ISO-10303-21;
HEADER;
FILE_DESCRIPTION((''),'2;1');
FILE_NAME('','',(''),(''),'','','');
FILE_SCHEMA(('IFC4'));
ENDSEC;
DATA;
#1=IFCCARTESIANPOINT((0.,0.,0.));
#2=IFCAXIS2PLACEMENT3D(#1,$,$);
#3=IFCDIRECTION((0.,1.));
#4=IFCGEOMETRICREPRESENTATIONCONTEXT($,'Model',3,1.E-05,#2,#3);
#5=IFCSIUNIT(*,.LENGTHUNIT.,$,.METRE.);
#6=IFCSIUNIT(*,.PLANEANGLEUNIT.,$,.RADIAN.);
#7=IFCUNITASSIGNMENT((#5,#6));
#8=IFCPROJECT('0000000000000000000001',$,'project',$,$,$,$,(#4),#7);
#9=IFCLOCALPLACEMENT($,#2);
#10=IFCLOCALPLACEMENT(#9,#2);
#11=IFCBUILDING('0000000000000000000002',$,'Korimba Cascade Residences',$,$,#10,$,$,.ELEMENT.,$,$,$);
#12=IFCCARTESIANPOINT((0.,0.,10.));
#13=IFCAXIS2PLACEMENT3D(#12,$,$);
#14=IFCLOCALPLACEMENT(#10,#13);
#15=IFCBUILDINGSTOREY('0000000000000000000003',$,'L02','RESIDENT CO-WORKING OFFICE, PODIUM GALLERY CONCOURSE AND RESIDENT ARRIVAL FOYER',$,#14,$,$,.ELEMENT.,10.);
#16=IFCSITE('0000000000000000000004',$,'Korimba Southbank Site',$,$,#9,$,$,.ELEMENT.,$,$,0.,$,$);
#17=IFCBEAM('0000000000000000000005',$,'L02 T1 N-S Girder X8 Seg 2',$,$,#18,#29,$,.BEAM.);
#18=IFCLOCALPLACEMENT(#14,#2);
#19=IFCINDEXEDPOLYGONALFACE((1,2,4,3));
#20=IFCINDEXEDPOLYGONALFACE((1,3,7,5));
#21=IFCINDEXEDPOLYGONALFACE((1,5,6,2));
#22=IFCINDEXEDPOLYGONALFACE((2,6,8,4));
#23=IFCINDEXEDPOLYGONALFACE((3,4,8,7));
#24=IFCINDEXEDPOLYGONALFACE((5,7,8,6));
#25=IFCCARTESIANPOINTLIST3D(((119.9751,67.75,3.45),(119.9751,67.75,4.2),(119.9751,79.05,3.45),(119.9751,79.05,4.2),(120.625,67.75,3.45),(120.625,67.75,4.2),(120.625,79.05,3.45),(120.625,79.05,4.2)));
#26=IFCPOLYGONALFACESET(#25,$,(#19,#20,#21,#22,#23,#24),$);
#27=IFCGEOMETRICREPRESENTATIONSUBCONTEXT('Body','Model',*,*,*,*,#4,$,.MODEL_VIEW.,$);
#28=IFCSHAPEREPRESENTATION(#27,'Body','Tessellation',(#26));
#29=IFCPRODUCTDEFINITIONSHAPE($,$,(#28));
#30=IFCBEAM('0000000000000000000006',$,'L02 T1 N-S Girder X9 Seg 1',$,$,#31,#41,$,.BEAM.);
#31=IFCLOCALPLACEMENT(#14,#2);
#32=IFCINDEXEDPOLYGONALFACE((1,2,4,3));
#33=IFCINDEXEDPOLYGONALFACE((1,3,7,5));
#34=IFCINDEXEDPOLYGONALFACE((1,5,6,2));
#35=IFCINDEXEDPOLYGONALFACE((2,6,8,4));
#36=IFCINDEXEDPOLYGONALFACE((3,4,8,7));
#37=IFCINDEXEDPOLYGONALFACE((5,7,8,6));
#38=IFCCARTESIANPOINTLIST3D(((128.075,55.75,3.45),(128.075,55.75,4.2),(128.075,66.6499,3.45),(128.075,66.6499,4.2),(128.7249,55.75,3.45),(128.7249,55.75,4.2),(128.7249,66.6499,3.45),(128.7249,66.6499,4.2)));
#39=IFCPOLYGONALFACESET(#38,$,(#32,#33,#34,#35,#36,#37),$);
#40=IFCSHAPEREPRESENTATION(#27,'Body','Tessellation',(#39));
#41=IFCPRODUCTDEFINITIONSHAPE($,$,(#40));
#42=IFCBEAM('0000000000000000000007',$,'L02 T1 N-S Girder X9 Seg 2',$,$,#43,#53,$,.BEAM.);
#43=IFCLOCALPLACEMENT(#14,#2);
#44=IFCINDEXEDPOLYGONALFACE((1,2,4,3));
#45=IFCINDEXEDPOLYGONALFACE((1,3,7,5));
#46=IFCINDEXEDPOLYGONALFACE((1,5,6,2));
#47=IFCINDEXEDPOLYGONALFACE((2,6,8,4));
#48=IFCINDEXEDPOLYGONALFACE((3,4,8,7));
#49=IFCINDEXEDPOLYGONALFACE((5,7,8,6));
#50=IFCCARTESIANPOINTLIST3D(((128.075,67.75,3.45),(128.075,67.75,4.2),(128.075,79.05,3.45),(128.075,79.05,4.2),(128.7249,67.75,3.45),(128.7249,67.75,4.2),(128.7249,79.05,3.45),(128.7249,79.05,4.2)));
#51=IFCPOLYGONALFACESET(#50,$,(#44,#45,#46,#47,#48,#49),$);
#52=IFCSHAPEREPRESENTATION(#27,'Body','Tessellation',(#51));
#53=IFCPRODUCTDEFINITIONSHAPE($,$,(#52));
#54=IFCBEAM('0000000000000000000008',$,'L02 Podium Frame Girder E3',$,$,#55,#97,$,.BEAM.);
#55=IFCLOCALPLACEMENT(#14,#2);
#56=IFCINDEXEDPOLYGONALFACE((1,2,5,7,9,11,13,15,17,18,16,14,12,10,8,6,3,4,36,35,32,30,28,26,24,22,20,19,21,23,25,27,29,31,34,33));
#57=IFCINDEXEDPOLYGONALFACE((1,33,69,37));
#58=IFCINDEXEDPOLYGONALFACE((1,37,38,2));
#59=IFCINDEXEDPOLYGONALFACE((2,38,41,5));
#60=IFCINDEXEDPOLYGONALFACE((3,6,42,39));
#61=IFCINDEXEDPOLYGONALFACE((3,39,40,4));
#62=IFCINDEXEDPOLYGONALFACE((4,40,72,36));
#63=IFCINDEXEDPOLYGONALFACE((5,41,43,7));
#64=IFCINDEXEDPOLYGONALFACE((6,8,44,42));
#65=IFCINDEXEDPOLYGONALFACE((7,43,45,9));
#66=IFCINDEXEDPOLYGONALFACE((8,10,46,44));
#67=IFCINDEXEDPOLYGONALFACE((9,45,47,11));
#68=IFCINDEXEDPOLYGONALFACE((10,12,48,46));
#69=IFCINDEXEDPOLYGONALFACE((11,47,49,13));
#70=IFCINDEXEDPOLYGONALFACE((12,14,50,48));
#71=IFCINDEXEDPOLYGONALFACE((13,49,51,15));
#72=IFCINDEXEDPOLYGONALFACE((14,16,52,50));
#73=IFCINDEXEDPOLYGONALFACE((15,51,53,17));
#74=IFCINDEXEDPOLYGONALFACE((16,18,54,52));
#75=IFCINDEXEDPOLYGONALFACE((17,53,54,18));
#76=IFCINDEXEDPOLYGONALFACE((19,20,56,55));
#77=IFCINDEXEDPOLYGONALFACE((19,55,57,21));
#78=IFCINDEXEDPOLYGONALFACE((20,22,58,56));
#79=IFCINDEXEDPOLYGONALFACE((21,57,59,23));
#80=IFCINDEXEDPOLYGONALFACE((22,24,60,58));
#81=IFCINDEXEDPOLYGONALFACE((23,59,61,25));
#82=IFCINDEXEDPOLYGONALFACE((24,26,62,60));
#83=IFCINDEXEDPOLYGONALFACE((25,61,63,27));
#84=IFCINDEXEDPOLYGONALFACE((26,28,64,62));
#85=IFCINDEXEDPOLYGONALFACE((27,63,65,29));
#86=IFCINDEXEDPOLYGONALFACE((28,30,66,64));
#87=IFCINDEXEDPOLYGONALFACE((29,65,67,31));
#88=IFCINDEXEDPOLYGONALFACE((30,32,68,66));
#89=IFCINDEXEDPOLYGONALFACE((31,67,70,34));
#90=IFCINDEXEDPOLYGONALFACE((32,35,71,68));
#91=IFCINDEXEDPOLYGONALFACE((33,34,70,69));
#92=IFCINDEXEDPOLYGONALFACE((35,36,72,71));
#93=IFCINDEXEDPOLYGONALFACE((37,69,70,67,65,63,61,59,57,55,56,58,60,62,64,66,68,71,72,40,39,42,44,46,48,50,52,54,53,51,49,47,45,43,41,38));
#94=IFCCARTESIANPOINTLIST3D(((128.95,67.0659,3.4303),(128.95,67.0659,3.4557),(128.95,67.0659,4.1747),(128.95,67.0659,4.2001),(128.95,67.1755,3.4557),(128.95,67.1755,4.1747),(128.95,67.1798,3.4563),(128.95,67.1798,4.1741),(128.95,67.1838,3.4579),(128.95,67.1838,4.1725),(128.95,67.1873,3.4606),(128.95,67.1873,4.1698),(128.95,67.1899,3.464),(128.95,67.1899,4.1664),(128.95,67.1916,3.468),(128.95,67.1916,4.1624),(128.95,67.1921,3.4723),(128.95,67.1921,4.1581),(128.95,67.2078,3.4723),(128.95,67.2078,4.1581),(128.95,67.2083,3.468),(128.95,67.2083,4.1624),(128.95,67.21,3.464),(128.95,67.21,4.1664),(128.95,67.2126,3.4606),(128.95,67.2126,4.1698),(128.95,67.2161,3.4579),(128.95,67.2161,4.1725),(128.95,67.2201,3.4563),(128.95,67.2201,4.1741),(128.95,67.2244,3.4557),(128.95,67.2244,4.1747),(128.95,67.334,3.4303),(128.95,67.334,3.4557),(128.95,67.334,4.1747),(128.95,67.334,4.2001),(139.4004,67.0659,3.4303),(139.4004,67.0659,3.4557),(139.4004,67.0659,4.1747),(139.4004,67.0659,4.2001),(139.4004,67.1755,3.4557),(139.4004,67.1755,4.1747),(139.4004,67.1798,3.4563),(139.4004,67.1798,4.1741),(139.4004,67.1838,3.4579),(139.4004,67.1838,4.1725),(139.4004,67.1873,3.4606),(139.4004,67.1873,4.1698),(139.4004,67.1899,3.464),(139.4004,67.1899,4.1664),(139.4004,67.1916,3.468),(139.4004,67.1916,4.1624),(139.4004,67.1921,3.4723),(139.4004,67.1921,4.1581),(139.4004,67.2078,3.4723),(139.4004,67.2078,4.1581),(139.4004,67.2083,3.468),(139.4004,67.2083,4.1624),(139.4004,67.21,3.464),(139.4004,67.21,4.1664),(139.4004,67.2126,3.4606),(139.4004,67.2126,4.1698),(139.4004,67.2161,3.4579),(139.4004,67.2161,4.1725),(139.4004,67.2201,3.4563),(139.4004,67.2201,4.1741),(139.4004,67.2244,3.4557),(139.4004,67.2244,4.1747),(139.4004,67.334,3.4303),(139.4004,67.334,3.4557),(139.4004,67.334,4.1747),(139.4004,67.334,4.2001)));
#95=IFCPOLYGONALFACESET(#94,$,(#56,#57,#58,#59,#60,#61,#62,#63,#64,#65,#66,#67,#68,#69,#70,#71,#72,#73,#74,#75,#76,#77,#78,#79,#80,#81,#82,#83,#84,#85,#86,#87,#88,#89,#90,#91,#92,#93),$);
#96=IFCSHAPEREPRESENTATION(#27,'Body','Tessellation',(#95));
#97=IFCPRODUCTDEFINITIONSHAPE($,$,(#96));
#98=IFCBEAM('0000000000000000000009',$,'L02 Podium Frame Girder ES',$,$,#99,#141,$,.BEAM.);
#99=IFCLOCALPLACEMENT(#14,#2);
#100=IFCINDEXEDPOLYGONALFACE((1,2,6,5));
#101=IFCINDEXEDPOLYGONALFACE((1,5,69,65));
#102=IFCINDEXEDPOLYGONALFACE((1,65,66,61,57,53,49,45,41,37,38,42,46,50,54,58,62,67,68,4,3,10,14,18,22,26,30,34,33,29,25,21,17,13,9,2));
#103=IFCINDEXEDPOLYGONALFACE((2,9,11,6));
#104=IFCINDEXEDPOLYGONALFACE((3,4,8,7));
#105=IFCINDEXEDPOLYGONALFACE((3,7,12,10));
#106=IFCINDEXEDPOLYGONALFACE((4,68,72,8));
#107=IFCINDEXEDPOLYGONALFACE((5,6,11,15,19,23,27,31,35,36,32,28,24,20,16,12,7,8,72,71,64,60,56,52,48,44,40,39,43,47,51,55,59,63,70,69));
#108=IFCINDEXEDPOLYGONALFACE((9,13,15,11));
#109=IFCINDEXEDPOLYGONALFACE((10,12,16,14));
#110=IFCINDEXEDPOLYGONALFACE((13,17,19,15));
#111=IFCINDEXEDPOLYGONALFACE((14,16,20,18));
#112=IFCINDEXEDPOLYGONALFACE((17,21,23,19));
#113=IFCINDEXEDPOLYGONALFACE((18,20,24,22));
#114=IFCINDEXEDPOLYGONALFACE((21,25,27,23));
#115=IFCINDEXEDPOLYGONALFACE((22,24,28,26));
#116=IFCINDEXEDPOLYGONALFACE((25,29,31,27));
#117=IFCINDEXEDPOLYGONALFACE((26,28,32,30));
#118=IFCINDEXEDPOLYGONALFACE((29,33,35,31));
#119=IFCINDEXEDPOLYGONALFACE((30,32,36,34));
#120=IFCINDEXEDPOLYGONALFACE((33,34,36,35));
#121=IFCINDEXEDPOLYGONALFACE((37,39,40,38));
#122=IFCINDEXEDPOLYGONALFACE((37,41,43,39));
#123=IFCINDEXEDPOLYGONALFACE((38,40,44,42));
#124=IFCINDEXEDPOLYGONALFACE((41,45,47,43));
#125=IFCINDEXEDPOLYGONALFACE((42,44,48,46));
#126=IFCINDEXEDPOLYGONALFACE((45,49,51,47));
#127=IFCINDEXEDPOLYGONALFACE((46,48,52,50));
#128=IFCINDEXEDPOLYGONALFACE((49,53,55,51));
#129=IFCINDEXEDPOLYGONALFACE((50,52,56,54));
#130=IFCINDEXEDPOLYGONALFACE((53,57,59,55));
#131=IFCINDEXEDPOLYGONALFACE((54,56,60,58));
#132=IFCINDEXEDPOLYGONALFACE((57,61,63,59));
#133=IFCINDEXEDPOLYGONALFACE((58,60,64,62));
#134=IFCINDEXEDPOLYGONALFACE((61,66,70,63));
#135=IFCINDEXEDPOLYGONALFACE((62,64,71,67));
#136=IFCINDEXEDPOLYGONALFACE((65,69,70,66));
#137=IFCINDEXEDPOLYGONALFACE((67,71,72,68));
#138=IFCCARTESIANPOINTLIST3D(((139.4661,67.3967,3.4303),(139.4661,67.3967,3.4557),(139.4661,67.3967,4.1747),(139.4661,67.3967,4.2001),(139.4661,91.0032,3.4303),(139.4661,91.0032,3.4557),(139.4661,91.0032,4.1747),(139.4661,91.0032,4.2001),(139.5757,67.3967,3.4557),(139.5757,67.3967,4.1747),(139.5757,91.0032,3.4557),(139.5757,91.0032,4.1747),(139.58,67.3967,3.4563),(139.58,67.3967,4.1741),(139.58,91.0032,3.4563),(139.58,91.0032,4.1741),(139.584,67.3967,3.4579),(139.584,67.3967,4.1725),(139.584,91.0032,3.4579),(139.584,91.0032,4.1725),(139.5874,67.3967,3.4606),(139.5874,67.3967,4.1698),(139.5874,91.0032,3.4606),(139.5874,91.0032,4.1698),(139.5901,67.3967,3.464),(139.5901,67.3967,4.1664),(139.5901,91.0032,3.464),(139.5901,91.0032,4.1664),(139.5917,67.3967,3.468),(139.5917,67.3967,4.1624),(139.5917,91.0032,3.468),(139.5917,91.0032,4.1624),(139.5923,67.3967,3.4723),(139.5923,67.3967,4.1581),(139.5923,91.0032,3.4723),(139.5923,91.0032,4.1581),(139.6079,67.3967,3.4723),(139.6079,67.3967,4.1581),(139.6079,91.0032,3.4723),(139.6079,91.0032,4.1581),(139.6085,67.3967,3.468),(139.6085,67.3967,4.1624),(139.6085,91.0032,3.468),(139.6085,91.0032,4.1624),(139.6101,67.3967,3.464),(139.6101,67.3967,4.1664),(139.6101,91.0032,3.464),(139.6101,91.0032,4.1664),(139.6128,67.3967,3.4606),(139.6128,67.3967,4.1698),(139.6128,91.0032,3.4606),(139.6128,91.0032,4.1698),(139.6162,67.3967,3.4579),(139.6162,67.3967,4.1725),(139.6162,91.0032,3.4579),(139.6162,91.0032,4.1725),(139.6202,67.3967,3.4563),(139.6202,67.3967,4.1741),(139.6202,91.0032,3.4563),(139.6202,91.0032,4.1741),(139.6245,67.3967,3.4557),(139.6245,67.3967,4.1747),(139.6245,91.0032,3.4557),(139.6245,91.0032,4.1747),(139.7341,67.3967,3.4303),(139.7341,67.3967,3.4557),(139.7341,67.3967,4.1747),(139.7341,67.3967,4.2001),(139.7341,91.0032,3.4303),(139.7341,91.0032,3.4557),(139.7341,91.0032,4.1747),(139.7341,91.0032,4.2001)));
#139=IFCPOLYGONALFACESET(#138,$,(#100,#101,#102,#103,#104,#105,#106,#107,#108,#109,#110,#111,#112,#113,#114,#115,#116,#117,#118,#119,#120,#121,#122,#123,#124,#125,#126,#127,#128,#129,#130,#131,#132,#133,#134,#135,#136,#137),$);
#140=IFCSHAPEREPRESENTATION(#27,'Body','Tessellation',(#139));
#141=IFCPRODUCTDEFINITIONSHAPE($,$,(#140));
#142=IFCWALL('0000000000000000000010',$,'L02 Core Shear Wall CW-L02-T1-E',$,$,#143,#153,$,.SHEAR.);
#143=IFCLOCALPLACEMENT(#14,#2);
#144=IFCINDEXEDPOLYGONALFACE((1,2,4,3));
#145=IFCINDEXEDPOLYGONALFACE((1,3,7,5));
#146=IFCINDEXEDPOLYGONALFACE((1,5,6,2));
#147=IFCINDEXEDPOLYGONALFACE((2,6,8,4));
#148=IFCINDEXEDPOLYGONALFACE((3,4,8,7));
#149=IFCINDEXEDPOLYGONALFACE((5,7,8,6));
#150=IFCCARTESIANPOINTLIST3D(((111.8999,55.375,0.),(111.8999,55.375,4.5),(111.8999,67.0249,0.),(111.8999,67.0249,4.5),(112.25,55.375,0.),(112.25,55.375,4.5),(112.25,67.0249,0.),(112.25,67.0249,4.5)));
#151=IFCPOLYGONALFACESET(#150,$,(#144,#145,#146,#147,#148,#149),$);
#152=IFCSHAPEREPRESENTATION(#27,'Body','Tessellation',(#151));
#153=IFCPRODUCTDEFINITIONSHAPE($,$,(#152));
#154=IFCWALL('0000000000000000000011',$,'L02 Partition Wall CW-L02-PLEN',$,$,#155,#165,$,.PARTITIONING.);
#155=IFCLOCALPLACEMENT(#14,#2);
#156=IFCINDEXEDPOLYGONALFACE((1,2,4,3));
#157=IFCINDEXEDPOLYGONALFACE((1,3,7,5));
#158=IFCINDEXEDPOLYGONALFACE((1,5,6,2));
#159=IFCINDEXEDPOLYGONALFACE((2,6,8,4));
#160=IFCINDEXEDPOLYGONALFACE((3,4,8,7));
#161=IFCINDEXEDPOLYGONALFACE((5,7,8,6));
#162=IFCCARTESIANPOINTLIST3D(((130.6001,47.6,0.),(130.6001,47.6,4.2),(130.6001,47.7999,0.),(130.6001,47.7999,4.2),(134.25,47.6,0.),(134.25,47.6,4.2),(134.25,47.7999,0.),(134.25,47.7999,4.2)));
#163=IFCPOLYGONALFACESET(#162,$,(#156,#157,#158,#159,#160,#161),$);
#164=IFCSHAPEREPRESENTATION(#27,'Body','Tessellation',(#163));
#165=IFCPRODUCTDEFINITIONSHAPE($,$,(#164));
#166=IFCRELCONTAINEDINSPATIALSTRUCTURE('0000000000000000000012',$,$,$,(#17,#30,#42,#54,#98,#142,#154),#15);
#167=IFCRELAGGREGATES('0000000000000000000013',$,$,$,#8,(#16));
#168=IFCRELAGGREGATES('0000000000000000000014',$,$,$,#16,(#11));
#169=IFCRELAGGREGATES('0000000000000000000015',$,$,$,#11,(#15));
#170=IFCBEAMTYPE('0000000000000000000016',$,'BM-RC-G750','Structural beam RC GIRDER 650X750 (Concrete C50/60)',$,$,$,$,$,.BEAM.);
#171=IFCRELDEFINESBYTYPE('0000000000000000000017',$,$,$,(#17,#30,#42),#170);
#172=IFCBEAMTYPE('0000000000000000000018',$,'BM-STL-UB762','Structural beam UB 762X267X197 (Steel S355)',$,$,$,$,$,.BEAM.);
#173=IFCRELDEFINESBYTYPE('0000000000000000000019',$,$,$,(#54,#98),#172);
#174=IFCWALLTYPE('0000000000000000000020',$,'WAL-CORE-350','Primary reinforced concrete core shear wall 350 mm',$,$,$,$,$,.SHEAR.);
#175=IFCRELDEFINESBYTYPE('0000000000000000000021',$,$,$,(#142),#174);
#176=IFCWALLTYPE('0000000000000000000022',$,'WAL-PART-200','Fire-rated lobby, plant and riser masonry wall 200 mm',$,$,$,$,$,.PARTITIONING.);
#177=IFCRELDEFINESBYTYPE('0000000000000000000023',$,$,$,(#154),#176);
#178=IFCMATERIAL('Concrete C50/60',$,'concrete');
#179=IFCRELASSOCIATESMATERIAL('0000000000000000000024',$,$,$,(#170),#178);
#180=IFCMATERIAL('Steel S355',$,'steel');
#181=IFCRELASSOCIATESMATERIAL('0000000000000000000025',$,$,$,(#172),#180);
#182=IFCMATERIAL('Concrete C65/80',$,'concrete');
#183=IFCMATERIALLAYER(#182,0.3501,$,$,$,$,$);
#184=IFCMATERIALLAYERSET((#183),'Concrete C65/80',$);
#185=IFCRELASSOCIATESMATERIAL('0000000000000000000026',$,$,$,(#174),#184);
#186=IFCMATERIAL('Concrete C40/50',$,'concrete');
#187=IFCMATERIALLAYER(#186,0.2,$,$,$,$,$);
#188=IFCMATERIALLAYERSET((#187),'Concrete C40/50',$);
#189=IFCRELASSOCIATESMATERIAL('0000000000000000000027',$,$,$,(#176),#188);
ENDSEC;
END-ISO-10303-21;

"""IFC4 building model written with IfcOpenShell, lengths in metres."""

from ifc_helpers import new_model, si_unit, direction, frame, frame_2d, origin, origin_2d, place, context, subcontext, project, spatial, rectangle, i_section, extrude, material, layer, layer_set, material_profile, profile_set, type_object, element, save


model = new_model("IFC4")

# Units and contexts
model_context = context("Model", 3, precision=1e-05, world=origin(), true_north=direction((0.0, 1.0)))
body_context = subcontext(model_context, "Body", "Model", "MODEL_VIEW")
ifc_project = project(units=[si_unit("LENGTHUNIT", "METRE"), si_unit("PLANEANGLEUNIT", "RADIAN")], contexts=[model_context])

# Site, building, storey
site_placement = place(None, origin())
site = spatial("IfcSite", under=ifc_project, at=site_placement, Name="Korimba Southbank Site", CompositionType="ELEMENT", RefElevation=0.0)
building_placement = place(site_placement, origin())
building = spatial("IfcBuilding", under=site, at=building_placement, Name="Korimba Cascade Residences", CompositionType="ELEMENT")
storey_placement = place(building_placement, frame((0.0, 0.0, 10.0)))
storey = spatial("IfcBuildingStorey", under=building, at=storey_placement, Name="L02", Description="RESIDENT CO-WORKING OFFICE, PODIUM GALLERY CONCOURSE AND RESIDENT ARRIVAL FOYER", CompositionType="ELEMENT", Elevation=10.0)

# Shared definitions
ifc_material_1 = material(Name="Steel S355", Category="steel")

# Beams
ifc_material_2 = material(Name="Concrete C50/60", Category="concrete")
ifc_material_profile_1 = material_profile(ifc_material_2, rectangle(XDim=0.6499, YDim=0.75, at=origin_2d()), Name="Concrete C50/60")
ifc_profile_set_1 = profile_set([ifc_material_profile_1], Name="Concrete C50/60")
beam_type_1 = type_object("IfcBeamType", Name="BM-RC-G750", Description="Structural beam RC GIRDER 650X750 (Concrete C50/60)", PredefinedType="BEAM", material=ifc_profile_set_1)
beam_1_placement = place(storey_placement, frame((120.3, 67.75, 3.825), z_axis=(0.0, 1.0, 0.0), x_axis=(-1.0, 0.0, 0.0)))
element("IfcBeam", 1, at=beam_1_placement, inside=storey, type_object=beam_type_1, Name="L02 T1 N-S Girder X8 Seg 2", PredefinedType="BEAM", context=body_context, shape_type="SweptSolid", body=[
    extrude(rectangle(XDim=0.6499, YDim=0.75, at=origin_2d()), origin(), (0.0, 0.0, 1.0), 11.3),
])
beam_2_placement = place(storey_placement, frame((128.3999, 55.75, 3.825), z_axis=(0.0, 1.0, 0.0), x_axis=(-1.0, 0.0, 0.0)))
element("IfcBeam", 2, at=beam_2_placement, inside=storey, type_object=beam_type_1, Name="L02 T1 N-S Girder X9 Seg 1", PredefinedType="BEAM", context=body_context, shape_type="SweptSolid", body=[
    extrude(rectangle(XDim=0.6499, YDim=0.75, at=origin_2d()), origin(), (0.0, 0.0, 1.0), 10.8999),
])
beam_3_placement = place(storey_placement, frame((128.3999, 67.75, 3.825), z_axis=(0.0, 1.0, 0.0), x_axis=(-1.0, 0.0, 0.0)))
element("IfcBeam", 3, at=beam_3_placement, inside=storey, type_object=beam_type_1, Name="L02 T1 N-S Girder X9 Seg 2", PredefinedType="BEAM", context=body_context, shape_type="SweptSolid", body=[
    extrude(rectangle(XDim=0.6499, YDim=0.75, at=origin_2d()), origin(), (0.0, 0.0, 1.0), 11.3),
])
ifc_material_profile_2 = material_profile(ifc_material_1, i_section(OverallWidth=0.2681, OverallDepth=0.7698, WebThickness=0.0156, FlangeThickness=0.0254, FilletRadius=0.0166, at=origin_2d()), Name="Steel S355")
ifc_profile_set_2 = profile_set([ifc_material_profile_2], Name="Steel S355")
beam_type_2 = type_object("IfcBeamType", Name="BM-STL-UB762", Description="Structural beam UB 762X267X197 (Steel S355)", PredefinedType="BEAM", material=ifc_profile_set_2)
beam_4_placement = place(storey_placement, frame((128.95, 67.2, 3.8152), z_axis=(1.0, 0.0, 0.0), x_axis=(0.0, 1.0, 0.0)))
element("IfcBeam", 4, at=beam_4_placement, inside=storey, type_object=beam_type_2, Name="L02 Podium Frame Girder E3", PredefinedType="BEAM", context=body_context, shape_type="SweptSolid", body=[
    extrude(i_section(OverallWidth=0.2681, OverallDepth=0.7698, WebThickness=0.0156, FlangeThickness=0.0254, FilletRadius=0.0166, at=origin_2d()), origin(), (0.0, 0.0, 1.0), 10.4504),
])
beam_5_placement = place(storey_placement, frame((139.6001, 67.3967, 3.8152), z_axis=(0.0, 1.0, 0.0), x_axis=(-1.0, 0.0, 0.0)))
element("IfcBeam", 5, at=beam_5_placement, inside=storey, type_object=beam_type_2, Name="L02 Podium Frame Girder ES", PredefinedType="BEAM", context=body_context, shape_type="SweptSolid", body=[
    extrude(i_section(OverallWidth=0.2681, OverallDepth=0.7698, WebThickness=0.0156, FlangeThickness=0.0254, FilletRadius=0.0166, at=origin_2d()), origin(), (0.0, 0.0, 1.0), 23.6064),
])

# Walls
ifc_material_3 = material(Name="Concrete C65/80", Category="concrete")
ifc_layer_1 = layer(ifc_material_3, 0.3501)
ifc_layer_set_1 = layer_set([ifc_layer_1], Name="Concrete C65/80")
wall_type_1 = type_object("IfcWallType", Name="WAL-CORE-350", Description="Primary reinforced concrete core shear wall 350 mm", PredefinedType="SHEAR", material=ifc_layer_set_1)
wall_1_placement = place(storey_placement, frame((112.075, 55.375, 0.0), z_axis=(0.0, 0.0, 1.0), x_axis=(0.0, 1.0, 0.0)))
element("IfcWall", 6, at=wall_1_placement, inside=storey, type_object=wall_type_1, Name="L02 Core Shear Wall CW-L02-T1-E", PredefinedType="SHEAR", context=body_context, shape_type="SweptSolid", body=[
    extrude(rectangle(XDim=11.6499, YDim=0.3501, at=frame_2d((5.825, 0.0))), origin(), (0.0, 0.0, 1.0), 4.5),
])
ifc_material_4 = material(Name="Concrete C40/50", Category="concrete")
ifc_layer_2 = layer(ifc_material_4, 0.2)
ifc_layer_set_2 = layer_set([ifc_layer_2], Name="Concrete C40/50")
wall_type_2 = type_object("IfcWallType", Name="WAL-PART-200", Description="Fire-rated lobby, plant and riser masonry wall 200 mm", PredefinedType="PARTITIONING", material=ifc_layer_set_2)
wall_2_placement = place(storey_placement, frame((130.6001, 47.7, 0.0), z_axis=(0.0, 0.0, 1.0), x_axis=(1.0, 0.0, 0.0)))
element("IfcWall", 7, at=wall_2_placement, inside=storey, type_object=wall_type_2, Name="L02 Partition Wall CW-L02-PLEN", PredefinedType="PARTITIONING", context=body_context, shape_type="SweptSolid", body=[
    extrude(rectangle(XDim=3.6499, YDim=0.2, at=frame_2d((1.825, 0.0))), origin(), (0.0, 0.0, 1.0), 4.2),
])

save(model, "model.ifc")
